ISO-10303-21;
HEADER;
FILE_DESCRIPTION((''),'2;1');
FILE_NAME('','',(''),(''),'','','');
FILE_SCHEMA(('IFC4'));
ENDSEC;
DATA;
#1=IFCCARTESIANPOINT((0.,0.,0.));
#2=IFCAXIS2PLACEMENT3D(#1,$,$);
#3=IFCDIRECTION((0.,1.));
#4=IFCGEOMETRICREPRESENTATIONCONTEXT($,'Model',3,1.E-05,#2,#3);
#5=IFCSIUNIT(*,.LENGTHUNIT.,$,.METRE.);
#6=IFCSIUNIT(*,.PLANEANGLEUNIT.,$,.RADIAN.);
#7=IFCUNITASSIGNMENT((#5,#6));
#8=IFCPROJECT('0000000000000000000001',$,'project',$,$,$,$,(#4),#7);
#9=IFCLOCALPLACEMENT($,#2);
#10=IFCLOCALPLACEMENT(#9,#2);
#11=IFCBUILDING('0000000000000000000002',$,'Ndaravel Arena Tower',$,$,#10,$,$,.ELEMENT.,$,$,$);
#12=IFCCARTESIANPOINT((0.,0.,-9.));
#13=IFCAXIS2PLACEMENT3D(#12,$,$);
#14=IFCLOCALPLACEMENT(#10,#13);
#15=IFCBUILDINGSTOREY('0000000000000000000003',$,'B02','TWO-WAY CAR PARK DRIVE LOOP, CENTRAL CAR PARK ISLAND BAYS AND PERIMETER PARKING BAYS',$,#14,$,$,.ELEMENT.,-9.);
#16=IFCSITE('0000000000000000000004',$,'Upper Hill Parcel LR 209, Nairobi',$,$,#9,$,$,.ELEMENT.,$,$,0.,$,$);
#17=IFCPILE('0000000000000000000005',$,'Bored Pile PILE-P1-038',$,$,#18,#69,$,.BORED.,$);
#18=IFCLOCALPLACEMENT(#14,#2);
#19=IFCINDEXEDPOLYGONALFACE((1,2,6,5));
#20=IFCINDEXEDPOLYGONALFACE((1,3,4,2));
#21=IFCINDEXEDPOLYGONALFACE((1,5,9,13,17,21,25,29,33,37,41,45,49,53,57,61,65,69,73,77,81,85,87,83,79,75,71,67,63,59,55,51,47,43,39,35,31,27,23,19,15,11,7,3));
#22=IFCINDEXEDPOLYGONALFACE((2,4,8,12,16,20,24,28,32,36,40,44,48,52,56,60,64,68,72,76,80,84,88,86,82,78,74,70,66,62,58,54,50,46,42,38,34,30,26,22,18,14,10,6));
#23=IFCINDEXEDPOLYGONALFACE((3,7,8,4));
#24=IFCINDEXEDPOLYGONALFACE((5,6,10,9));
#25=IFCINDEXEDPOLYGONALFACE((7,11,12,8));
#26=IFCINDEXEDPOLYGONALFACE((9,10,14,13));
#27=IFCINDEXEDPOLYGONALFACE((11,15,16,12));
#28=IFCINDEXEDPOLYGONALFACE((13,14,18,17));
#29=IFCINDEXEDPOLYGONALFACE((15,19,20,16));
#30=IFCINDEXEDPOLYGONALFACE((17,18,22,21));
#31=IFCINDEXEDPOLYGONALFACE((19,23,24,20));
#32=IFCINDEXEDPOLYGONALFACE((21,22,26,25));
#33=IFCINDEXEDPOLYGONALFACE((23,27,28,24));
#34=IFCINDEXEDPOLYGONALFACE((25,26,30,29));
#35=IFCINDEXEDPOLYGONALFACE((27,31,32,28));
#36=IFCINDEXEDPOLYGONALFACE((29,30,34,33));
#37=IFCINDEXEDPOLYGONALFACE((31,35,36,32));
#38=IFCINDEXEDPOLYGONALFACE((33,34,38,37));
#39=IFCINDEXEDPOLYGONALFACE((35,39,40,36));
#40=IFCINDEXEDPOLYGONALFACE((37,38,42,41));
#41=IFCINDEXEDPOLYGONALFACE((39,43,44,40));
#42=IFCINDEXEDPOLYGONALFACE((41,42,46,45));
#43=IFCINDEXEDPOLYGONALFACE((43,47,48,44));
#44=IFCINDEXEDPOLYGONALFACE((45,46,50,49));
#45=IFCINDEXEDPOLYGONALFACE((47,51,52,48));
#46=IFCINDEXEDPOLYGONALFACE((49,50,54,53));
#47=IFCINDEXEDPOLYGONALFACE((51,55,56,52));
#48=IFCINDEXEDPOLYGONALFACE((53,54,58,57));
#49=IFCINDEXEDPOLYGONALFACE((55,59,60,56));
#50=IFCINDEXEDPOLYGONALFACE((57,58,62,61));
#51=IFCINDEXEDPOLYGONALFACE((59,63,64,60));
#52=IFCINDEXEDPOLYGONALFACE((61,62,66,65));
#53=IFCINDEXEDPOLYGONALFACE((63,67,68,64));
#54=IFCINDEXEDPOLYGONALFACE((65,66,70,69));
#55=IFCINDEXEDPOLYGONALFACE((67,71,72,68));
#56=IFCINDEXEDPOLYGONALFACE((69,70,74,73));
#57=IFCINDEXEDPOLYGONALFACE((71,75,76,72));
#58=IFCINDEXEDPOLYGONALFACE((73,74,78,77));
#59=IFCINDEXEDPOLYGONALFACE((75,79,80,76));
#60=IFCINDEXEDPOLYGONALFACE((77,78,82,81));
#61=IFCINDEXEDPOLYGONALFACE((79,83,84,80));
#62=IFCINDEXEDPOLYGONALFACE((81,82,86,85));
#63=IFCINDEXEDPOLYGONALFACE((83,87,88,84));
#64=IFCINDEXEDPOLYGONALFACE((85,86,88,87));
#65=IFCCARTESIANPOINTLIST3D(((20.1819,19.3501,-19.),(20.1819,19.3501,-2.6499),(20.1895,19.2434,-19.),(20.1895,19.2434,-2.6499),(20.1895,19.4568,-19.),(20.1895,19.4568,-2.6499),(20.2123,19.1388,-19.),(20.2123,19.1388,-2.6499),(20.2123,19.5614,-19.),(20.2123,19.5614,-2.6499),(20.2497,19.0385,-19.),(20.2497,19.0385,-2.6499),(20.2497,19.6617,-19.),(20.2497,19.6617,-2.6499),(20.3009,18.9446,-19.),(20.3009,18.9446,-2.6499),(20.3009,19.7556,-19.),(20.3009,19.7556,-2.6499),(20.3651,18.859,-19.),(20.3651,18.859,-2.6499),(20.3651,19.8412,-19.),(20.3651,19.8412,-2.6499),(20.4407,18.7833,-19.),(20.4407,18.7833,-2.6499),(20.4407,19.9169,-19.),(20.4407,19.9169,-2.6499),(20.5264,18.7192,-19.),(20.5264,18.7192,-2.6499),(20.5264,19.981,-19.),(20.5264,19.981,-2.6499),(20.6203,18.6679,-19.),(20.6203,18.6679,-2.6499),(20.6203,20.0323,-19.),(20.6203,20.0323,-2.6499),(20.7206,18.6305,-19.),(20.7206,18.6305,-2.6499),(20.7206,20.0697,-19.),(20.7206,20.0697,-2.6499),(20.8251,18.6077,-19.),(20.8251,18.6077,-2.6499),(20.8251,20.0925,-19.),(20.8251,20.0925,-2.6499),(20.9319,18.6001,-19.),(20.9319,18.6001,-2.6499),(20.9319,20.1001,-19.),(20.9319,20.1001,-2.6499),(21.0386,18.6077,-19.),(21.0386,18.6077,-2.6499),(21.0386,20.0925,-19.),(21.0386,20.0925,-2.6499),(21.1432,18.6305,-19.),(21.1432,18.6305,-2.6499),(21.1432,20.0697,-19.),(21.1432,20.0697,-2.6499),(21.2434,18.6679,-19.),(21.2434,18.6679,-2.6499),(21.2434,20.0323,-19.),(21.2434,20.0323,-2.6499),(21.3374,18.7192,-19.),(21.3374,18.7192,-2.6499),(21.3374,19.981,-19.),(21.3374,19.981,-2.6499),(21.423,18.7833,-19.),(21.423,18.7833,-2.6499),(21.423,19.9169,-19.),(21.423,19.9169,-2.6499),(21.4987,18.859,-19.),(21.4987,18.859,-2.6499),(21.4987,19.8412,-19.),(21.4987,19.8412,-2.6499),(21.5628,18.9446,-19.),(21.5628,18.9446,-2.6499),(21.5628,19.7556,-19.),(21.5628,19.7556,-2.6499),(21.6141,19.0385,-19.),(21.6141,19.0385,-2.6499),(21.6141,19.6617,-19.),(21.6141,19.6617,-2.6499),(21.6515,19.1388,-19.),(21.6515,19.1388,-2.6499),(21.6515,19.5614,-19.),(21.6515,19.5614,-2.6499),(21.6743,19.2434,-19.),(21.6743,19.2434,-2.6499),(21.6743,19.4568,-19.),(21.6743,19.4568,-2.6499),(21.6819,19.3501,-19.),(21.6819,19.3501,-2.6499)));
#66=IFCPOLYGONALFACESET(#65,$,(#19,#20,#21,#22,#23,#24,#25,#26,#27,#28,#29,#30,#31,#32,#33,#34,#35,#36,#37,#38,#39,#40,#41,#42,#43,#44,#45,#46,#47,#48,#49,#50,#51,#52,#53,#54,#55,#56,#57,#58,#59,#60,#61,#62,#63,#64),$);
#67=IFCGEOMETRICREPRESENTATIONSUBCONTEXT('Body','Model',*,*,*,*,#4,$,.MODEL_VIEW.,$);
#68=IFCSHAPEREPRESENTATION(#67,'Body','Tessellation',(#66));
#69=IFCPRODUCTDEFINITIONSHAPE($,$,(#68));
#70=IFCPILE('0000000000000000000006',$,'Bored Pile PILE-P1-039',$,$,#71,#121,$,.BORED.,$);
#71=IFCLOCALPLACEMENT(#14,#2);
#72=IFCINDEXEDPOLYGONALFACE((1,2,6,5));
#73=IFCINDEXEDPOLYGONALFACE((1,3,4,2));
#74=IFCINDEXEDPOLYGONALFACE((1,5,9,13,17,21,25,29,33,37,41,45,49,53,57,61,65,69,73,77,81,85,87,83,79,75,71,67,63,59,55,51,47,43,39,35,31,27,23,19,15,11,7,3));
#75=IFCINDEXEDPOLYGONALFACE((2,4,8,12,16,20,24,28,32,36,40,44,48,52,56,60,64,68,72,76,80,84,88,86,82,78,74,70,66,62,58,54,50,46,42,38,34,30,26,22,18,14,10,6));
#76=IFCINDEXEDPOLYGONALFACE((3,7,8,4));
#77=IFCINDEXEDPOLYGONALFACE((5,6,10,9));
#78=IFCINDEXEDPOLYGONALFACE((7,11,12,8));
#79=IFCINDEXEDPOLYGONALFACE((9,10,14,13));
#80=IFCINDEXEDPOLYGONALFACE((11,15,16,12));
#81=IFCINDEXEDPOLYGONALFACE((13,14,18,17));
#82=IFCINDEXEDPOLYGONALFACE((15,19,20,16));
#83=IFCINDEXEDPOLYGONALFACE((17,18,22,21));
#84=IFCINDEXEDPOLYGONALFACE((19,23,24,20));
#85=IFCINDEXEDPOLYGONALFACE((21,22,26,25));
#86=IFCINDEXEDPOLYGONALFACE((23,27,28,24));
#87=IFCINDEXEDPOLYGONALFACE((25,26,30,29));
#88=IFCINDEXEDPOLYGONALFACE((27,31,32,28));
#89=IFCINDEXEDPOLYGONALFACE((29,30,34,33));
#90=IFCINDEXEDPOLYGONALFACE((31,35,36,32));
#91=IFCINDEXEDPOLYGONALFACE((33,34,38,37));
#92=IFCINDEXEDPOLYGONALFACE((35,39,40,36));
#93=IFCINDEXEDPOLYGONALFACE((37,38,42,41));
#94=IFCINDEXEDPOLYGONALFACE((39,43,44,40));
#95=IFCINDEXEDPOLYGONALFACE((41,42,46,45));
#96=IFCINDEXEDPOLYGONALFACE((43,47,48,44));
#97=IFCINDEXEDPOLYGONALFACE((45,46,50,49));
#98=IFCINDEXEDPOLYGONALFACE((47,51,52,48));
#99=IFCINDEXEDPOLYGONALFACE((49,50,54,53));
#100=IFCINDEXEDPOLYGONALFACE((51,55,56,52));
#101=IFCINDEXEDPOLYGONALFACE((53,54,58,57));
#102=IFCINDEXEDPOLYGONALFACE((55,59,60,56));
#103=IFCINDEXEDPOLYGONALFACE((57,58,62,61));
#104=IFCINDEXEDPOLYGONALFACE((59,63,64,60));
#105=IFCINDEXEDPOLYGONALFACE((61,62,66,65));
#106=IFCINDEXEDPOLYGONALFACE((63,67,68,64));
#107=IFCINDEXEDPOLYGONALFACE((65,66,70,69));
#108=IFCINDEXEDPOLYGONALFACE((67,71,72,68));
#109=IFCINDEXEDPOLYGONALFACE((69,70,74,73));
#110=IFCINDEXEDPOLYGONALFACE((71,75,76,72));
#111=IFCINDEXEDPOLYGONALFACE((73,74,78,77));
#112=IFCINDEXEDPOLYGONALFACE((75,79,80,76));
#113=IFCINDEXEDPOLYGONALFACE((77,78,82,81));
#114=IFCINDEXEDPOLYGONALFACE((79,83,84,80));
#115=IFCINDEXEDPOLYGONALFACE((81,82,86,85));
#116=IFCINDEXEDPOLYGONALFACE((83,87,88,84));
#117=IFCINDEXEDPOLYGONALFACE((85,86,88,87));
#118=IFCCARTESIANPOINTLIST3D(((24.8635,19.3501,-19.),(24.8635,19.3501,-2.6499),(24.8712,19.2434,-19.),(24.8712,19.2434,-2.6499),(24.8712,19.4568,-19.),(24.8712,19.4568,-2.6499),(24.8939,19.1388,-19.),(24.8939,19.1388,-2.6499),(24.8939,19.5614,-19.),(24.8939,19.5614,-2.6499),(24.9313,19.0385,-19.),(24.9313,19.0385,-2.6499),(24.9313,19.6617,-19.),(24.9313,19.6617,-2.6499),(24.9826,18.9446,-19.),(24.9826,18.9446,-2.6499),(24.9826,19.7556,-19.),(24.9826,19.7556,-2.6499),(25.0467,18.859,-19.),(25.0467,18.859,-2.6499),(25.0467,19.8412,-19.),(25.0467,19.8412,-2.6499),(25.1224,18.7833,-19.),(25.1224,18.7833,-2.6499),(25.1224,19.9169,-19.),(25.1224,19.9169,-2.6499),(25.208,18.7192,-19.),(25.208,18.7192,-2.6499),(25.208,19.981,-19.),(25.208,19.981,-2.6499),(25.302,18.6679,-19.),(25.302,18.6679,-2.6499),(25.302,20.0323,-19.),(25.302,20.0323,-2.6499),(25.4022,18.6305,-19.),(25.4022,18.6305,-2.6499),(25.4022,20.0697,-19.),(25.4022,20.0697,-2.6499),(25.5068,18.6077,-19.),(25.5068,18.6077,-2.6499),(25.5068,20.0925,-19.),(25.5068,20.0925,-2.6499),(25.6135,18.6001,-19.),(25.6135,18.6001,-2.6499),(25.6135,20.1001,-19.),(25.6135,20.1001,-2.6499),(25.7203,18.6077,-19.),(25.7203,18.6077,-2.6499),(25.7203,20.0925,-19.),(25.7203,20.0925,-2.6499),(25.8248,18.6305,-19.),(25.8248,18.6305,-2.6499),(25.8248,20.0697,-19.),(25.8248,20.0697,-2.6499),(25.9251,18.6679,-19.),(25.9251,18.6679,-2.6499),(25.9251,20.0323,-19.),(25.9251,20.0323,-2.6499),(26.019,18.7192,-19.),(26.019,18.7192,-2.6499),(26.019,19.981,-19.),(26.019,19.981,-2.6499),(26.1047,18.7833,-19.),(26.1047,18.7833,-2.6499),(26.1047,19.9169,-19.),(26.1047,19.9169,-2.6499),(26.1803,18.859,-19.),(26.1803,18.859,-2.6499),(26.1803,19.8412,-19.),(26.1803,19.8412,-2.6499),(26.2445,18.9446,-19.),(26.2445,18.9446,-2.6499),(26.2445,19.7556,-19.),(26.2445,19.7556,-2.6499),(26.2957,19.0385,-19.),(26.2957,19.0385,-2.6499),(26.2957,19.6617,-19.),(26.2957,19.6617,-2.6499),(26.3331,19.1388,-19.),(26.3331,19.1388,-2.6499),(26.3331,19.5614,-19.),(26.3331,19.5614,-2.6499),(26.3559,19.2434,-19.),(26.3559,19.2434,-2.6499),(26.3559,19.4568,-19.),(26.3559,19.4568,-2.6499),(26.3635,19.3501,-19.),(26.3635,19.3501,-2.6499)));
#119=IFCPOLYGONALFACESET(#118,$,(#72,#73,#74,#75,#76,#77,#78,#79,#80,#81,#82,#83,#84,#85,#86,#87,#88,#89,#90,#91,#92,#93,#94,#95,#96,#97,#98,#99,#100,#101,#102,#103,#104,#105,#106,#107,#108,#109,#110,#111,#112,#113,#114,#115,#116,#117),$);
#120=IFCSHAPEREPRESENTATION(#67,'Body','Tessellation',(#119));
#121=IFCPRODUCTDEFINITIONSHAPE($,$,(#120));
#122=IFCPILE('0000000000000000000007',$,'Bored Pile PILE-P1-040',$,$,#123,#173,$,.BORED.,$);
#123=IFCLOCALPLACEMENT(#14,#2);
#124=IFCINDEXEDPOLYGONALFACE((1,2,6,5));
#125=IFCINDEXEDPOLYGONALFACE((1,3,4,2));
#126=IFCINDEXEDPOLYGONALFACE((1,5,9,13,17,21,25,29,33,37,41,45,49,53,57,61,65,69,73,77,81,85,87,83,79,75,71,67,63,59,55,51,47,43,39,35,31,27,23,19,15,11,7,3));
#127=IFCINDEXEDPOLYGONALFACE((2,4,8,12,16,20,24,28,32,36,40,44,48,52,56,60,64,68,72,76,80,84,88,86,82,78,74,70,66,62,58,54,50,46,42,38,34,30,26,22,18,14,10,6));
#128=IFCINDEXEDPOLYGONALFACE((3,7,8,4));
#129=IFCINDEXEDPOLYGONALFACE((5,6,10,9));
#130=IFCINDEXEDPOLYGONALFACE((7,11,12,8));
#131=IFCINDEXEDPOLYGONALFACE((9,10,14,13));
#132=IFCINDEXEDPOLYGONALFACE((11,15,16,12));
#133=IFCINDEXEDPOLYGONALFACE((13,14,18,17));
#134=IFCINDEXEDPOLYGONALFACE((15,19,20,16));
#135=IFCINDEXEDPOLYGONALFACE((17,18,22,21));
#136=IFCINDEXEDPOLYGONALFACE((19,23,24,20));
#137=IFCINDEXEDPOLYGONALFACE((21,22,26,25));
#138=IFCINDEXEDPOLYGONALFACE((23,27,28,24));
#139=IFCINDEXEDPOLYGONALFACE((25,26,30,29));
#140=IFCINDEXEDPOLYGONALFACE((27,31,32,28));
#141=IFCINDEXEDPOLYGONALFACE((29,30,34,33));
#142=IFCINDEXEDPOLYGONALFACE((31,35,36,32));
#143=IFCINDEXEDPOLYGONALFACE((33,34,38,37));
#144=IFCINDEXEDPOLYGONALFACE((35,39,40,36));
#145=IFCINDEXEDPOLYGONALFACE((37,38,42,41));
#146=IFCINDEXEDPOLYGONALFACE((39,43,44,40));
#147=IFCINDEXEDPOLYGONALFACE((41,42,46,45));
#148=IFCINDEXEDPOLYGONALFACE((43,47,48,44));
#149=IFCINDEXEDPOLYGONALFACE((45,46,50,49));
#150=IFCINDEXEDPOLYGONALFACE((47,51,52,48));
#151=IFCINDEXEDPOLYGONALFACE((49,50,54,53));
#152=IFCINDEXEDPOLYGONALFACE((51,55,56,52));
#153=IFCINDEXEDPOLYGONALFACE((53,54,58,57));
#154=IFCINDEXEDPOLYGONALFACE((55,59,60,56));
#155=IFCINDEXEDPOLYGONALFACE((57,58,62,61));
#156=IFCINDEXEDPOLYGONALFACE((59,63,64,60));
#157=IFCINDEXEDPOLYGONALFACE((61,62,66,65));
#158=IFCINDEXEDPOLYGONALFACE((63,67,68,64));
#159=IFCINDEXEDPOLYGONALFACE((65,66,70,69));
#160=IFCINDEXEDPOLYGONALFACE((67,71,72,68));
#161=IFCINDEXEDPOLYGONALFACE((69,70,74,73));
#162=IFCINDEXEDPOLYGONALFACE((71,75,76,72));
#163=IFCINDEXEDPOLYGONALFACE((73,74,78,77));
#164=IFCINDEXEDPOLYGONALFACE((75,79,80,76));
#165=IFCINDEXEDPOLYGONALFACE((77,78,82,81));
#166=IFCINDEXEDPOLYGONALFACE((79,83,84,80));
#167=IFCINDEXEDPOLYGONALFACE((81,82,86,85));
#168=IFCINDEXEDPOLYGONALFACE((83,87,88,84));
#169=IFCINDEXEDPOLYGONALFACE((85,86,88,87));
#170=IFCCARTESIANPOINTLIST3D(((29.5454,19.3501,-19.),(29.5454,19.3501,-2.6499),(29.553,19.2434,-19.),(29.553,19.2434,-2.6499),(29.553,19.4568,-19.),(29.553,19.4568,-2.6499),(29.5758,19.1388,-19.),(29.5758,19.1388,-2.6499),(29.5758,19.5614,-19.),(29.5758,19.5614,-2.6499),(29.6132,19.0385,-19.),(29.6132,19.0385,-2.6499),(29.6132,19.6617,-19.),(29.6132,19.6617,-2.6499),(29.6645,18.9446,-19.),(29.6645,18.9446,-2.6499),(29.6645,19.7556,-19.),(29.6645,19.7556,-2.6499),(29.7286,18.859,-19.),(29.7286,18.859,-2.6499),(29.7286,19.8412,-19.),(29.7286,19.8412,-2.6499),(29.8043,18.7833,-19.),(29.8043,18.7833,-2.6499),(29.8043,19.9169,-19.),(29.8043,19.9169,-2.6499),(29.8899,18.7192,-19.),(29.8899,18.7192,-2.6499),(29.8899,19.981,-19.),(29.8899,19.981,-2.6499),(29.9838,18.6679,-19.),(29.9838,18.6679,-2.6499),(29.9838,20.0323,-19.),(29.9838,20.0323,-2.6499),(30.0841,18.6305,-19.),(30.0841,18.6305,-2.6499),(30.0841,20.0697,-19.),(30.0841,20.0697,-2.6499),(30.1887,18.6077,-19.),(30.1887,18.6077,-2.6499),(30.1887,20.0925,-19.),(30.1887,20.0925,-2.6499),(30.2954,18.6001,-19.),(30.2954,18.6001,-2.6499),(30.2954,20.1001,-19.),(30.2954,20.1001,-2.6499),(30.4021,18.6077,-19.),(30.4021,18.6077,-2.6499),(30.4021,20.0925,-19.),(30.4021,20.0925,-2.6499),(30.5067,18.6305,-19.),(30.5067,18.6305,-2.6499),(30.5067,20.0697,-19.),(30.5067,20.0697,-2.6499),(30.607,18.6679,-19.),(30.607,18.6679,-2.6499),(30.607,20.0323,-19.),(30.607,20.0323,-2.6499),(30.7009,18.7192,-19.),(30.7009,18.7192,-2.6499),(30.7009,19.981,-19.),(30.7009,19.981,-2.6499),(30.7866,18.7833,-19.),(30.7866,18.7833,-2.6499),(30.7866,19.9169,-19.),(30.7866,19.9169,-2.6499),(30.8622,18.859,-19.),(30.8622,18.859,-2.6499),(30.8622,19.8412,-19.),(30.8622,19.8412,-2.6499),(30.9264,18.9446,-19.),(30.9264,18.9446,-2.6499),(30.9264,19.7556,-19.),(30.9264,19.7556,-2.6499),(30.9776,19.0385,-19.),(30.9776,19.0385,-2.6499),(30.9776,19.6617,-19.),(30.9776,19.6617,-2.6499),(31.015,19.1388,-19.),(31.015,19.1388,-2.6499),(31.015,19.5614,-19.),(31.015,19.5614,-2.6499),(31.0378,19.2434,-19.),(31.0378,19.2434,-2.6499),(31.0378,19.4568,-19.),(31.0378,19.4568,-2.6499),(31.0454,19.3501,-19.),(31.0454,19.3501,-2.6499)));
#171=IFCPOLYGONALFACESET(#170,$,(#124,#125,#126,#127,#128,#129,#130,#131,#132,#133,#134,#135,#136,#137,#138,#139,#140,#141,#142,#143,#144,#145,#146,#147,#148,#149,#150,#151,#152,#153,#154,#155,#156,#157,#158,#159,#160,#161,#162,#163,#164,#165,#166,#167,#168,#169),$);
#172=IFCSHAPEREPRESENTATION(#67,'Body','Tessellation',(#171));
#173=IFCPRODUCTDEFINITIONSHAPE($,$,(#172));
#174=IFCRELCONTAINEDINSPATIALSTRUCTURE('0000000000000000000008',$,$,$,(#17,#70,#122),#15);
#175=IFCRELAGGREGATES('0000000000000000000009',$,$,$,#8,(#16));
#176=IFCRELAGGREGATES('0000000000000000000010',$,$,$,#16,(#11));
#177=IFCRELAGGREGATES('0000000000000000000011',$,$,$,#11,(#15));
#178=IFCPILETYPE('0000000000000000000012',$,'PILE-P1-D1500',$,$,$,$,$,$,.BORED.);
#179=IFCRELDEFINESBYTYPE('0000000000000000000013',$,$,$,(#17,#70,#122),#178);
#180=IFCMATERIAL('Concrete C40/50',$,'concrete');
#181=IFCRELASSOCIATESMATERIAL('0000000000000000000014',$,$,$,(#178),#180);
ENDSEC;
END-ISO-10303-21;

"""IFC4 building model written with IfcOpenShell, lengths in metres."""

from ifc_helpers import new_model, si_unit, direction, frame, origin, origin_2d, place, context, subcontext, project, spatial, circle, extrude, material, material_profile, profile_set, type_object, element, save


model = new_model("IFC4")

# Units and contexts
model_context = context("Model", 3, precision=1e-05, world=origin(), true_north=direction((0.0, 1.0)))
body_context = subcontext(model_context, "Body", "Model", "MODEL_VIEW")
ifc_project = project(units=[si_unit("LENGTHUNIT", "METRE"), si_unit("PLANEANGLEUNIT", "RADIAN")], contexts=[model_context])

# Site, building, storey
site_placement = place(None, origin())
site = spatial("IfcSite", under=ifc_project, at=site_placement, Name="Upper Hill Parcel LR 209, Nairobi", CompositionType="ELEMENT", RefElevation=0.0)
building_placement = place(site_placement, origin())
building = spatial("IfcBuilding", under=site, at=building_placement, Name="Ndaravel Arena Tower", CompositionType="ELEMENT")
storey_placement = place(building_placement, frame((0.0, 0.0, -9.0)))
storey = spatial("IfcBuildingStorey", under=building, at=storey_placement, Name="B02", Description="TWO-WAY CAR PARK DRIVE LOOP, CENTRAL CAR PARK ISLAND BAYS AND PERIMETER PARKING BAYS", CompositionType="ELEMENT", Elevation=-9.0)

# Piles
ifc_material_1 = material(Name="Concrete C40/50", Category="concrete")
ifc_material_profile_1 = material_profile(ifc_material_1, circle(Radius=0.75, at=origin_2d()), Name="BORED PILE D1500")
ifc_profile_set_1 = profile_set([ifc_material_profile_1], Name="Concrete C40/50")
pile_type = type_object("IfcPileType", Name="PILE-P1-D1500", PredefinedType="BORED", material=ifc_profile_set_1)
for number, where, z_axis, x_axis, name in (
    (1, (20.9319, 19.3501, -2.6499), (0.0, 0.0, -1.0), (1.0, 0.0, 0.0), "Bored Pile PILE-P1-038"),
    (2, (25.6135, 19.3501, -2.6499), (0.0, 0.0, -1.0), (1.0, 0.0, 0.0), "Bored Pile PILE-P1-039"),
    (3, (30.2954, 19.3501, -2.6499), (0.0, 0.0, -1.0), (1.0, 0.0, 0.0), "Bored Pile PILE-P1-040"),
):
    element("IfcPile", number, at=place(storey_placement, frame(where, z_axis=z_axis, x_axis=x_axis)), inside=storey, type_object=pile_type, Name=name, PredefinedType="BORED", context=body_context, shape_type="SweptSolid", body=[
        extrude(circle(Radius=0.75, at=origin_2d()), origin(), (0.0, 0.0, 1.0), 16.3501),
    ])

save(model, "model.ifc")
